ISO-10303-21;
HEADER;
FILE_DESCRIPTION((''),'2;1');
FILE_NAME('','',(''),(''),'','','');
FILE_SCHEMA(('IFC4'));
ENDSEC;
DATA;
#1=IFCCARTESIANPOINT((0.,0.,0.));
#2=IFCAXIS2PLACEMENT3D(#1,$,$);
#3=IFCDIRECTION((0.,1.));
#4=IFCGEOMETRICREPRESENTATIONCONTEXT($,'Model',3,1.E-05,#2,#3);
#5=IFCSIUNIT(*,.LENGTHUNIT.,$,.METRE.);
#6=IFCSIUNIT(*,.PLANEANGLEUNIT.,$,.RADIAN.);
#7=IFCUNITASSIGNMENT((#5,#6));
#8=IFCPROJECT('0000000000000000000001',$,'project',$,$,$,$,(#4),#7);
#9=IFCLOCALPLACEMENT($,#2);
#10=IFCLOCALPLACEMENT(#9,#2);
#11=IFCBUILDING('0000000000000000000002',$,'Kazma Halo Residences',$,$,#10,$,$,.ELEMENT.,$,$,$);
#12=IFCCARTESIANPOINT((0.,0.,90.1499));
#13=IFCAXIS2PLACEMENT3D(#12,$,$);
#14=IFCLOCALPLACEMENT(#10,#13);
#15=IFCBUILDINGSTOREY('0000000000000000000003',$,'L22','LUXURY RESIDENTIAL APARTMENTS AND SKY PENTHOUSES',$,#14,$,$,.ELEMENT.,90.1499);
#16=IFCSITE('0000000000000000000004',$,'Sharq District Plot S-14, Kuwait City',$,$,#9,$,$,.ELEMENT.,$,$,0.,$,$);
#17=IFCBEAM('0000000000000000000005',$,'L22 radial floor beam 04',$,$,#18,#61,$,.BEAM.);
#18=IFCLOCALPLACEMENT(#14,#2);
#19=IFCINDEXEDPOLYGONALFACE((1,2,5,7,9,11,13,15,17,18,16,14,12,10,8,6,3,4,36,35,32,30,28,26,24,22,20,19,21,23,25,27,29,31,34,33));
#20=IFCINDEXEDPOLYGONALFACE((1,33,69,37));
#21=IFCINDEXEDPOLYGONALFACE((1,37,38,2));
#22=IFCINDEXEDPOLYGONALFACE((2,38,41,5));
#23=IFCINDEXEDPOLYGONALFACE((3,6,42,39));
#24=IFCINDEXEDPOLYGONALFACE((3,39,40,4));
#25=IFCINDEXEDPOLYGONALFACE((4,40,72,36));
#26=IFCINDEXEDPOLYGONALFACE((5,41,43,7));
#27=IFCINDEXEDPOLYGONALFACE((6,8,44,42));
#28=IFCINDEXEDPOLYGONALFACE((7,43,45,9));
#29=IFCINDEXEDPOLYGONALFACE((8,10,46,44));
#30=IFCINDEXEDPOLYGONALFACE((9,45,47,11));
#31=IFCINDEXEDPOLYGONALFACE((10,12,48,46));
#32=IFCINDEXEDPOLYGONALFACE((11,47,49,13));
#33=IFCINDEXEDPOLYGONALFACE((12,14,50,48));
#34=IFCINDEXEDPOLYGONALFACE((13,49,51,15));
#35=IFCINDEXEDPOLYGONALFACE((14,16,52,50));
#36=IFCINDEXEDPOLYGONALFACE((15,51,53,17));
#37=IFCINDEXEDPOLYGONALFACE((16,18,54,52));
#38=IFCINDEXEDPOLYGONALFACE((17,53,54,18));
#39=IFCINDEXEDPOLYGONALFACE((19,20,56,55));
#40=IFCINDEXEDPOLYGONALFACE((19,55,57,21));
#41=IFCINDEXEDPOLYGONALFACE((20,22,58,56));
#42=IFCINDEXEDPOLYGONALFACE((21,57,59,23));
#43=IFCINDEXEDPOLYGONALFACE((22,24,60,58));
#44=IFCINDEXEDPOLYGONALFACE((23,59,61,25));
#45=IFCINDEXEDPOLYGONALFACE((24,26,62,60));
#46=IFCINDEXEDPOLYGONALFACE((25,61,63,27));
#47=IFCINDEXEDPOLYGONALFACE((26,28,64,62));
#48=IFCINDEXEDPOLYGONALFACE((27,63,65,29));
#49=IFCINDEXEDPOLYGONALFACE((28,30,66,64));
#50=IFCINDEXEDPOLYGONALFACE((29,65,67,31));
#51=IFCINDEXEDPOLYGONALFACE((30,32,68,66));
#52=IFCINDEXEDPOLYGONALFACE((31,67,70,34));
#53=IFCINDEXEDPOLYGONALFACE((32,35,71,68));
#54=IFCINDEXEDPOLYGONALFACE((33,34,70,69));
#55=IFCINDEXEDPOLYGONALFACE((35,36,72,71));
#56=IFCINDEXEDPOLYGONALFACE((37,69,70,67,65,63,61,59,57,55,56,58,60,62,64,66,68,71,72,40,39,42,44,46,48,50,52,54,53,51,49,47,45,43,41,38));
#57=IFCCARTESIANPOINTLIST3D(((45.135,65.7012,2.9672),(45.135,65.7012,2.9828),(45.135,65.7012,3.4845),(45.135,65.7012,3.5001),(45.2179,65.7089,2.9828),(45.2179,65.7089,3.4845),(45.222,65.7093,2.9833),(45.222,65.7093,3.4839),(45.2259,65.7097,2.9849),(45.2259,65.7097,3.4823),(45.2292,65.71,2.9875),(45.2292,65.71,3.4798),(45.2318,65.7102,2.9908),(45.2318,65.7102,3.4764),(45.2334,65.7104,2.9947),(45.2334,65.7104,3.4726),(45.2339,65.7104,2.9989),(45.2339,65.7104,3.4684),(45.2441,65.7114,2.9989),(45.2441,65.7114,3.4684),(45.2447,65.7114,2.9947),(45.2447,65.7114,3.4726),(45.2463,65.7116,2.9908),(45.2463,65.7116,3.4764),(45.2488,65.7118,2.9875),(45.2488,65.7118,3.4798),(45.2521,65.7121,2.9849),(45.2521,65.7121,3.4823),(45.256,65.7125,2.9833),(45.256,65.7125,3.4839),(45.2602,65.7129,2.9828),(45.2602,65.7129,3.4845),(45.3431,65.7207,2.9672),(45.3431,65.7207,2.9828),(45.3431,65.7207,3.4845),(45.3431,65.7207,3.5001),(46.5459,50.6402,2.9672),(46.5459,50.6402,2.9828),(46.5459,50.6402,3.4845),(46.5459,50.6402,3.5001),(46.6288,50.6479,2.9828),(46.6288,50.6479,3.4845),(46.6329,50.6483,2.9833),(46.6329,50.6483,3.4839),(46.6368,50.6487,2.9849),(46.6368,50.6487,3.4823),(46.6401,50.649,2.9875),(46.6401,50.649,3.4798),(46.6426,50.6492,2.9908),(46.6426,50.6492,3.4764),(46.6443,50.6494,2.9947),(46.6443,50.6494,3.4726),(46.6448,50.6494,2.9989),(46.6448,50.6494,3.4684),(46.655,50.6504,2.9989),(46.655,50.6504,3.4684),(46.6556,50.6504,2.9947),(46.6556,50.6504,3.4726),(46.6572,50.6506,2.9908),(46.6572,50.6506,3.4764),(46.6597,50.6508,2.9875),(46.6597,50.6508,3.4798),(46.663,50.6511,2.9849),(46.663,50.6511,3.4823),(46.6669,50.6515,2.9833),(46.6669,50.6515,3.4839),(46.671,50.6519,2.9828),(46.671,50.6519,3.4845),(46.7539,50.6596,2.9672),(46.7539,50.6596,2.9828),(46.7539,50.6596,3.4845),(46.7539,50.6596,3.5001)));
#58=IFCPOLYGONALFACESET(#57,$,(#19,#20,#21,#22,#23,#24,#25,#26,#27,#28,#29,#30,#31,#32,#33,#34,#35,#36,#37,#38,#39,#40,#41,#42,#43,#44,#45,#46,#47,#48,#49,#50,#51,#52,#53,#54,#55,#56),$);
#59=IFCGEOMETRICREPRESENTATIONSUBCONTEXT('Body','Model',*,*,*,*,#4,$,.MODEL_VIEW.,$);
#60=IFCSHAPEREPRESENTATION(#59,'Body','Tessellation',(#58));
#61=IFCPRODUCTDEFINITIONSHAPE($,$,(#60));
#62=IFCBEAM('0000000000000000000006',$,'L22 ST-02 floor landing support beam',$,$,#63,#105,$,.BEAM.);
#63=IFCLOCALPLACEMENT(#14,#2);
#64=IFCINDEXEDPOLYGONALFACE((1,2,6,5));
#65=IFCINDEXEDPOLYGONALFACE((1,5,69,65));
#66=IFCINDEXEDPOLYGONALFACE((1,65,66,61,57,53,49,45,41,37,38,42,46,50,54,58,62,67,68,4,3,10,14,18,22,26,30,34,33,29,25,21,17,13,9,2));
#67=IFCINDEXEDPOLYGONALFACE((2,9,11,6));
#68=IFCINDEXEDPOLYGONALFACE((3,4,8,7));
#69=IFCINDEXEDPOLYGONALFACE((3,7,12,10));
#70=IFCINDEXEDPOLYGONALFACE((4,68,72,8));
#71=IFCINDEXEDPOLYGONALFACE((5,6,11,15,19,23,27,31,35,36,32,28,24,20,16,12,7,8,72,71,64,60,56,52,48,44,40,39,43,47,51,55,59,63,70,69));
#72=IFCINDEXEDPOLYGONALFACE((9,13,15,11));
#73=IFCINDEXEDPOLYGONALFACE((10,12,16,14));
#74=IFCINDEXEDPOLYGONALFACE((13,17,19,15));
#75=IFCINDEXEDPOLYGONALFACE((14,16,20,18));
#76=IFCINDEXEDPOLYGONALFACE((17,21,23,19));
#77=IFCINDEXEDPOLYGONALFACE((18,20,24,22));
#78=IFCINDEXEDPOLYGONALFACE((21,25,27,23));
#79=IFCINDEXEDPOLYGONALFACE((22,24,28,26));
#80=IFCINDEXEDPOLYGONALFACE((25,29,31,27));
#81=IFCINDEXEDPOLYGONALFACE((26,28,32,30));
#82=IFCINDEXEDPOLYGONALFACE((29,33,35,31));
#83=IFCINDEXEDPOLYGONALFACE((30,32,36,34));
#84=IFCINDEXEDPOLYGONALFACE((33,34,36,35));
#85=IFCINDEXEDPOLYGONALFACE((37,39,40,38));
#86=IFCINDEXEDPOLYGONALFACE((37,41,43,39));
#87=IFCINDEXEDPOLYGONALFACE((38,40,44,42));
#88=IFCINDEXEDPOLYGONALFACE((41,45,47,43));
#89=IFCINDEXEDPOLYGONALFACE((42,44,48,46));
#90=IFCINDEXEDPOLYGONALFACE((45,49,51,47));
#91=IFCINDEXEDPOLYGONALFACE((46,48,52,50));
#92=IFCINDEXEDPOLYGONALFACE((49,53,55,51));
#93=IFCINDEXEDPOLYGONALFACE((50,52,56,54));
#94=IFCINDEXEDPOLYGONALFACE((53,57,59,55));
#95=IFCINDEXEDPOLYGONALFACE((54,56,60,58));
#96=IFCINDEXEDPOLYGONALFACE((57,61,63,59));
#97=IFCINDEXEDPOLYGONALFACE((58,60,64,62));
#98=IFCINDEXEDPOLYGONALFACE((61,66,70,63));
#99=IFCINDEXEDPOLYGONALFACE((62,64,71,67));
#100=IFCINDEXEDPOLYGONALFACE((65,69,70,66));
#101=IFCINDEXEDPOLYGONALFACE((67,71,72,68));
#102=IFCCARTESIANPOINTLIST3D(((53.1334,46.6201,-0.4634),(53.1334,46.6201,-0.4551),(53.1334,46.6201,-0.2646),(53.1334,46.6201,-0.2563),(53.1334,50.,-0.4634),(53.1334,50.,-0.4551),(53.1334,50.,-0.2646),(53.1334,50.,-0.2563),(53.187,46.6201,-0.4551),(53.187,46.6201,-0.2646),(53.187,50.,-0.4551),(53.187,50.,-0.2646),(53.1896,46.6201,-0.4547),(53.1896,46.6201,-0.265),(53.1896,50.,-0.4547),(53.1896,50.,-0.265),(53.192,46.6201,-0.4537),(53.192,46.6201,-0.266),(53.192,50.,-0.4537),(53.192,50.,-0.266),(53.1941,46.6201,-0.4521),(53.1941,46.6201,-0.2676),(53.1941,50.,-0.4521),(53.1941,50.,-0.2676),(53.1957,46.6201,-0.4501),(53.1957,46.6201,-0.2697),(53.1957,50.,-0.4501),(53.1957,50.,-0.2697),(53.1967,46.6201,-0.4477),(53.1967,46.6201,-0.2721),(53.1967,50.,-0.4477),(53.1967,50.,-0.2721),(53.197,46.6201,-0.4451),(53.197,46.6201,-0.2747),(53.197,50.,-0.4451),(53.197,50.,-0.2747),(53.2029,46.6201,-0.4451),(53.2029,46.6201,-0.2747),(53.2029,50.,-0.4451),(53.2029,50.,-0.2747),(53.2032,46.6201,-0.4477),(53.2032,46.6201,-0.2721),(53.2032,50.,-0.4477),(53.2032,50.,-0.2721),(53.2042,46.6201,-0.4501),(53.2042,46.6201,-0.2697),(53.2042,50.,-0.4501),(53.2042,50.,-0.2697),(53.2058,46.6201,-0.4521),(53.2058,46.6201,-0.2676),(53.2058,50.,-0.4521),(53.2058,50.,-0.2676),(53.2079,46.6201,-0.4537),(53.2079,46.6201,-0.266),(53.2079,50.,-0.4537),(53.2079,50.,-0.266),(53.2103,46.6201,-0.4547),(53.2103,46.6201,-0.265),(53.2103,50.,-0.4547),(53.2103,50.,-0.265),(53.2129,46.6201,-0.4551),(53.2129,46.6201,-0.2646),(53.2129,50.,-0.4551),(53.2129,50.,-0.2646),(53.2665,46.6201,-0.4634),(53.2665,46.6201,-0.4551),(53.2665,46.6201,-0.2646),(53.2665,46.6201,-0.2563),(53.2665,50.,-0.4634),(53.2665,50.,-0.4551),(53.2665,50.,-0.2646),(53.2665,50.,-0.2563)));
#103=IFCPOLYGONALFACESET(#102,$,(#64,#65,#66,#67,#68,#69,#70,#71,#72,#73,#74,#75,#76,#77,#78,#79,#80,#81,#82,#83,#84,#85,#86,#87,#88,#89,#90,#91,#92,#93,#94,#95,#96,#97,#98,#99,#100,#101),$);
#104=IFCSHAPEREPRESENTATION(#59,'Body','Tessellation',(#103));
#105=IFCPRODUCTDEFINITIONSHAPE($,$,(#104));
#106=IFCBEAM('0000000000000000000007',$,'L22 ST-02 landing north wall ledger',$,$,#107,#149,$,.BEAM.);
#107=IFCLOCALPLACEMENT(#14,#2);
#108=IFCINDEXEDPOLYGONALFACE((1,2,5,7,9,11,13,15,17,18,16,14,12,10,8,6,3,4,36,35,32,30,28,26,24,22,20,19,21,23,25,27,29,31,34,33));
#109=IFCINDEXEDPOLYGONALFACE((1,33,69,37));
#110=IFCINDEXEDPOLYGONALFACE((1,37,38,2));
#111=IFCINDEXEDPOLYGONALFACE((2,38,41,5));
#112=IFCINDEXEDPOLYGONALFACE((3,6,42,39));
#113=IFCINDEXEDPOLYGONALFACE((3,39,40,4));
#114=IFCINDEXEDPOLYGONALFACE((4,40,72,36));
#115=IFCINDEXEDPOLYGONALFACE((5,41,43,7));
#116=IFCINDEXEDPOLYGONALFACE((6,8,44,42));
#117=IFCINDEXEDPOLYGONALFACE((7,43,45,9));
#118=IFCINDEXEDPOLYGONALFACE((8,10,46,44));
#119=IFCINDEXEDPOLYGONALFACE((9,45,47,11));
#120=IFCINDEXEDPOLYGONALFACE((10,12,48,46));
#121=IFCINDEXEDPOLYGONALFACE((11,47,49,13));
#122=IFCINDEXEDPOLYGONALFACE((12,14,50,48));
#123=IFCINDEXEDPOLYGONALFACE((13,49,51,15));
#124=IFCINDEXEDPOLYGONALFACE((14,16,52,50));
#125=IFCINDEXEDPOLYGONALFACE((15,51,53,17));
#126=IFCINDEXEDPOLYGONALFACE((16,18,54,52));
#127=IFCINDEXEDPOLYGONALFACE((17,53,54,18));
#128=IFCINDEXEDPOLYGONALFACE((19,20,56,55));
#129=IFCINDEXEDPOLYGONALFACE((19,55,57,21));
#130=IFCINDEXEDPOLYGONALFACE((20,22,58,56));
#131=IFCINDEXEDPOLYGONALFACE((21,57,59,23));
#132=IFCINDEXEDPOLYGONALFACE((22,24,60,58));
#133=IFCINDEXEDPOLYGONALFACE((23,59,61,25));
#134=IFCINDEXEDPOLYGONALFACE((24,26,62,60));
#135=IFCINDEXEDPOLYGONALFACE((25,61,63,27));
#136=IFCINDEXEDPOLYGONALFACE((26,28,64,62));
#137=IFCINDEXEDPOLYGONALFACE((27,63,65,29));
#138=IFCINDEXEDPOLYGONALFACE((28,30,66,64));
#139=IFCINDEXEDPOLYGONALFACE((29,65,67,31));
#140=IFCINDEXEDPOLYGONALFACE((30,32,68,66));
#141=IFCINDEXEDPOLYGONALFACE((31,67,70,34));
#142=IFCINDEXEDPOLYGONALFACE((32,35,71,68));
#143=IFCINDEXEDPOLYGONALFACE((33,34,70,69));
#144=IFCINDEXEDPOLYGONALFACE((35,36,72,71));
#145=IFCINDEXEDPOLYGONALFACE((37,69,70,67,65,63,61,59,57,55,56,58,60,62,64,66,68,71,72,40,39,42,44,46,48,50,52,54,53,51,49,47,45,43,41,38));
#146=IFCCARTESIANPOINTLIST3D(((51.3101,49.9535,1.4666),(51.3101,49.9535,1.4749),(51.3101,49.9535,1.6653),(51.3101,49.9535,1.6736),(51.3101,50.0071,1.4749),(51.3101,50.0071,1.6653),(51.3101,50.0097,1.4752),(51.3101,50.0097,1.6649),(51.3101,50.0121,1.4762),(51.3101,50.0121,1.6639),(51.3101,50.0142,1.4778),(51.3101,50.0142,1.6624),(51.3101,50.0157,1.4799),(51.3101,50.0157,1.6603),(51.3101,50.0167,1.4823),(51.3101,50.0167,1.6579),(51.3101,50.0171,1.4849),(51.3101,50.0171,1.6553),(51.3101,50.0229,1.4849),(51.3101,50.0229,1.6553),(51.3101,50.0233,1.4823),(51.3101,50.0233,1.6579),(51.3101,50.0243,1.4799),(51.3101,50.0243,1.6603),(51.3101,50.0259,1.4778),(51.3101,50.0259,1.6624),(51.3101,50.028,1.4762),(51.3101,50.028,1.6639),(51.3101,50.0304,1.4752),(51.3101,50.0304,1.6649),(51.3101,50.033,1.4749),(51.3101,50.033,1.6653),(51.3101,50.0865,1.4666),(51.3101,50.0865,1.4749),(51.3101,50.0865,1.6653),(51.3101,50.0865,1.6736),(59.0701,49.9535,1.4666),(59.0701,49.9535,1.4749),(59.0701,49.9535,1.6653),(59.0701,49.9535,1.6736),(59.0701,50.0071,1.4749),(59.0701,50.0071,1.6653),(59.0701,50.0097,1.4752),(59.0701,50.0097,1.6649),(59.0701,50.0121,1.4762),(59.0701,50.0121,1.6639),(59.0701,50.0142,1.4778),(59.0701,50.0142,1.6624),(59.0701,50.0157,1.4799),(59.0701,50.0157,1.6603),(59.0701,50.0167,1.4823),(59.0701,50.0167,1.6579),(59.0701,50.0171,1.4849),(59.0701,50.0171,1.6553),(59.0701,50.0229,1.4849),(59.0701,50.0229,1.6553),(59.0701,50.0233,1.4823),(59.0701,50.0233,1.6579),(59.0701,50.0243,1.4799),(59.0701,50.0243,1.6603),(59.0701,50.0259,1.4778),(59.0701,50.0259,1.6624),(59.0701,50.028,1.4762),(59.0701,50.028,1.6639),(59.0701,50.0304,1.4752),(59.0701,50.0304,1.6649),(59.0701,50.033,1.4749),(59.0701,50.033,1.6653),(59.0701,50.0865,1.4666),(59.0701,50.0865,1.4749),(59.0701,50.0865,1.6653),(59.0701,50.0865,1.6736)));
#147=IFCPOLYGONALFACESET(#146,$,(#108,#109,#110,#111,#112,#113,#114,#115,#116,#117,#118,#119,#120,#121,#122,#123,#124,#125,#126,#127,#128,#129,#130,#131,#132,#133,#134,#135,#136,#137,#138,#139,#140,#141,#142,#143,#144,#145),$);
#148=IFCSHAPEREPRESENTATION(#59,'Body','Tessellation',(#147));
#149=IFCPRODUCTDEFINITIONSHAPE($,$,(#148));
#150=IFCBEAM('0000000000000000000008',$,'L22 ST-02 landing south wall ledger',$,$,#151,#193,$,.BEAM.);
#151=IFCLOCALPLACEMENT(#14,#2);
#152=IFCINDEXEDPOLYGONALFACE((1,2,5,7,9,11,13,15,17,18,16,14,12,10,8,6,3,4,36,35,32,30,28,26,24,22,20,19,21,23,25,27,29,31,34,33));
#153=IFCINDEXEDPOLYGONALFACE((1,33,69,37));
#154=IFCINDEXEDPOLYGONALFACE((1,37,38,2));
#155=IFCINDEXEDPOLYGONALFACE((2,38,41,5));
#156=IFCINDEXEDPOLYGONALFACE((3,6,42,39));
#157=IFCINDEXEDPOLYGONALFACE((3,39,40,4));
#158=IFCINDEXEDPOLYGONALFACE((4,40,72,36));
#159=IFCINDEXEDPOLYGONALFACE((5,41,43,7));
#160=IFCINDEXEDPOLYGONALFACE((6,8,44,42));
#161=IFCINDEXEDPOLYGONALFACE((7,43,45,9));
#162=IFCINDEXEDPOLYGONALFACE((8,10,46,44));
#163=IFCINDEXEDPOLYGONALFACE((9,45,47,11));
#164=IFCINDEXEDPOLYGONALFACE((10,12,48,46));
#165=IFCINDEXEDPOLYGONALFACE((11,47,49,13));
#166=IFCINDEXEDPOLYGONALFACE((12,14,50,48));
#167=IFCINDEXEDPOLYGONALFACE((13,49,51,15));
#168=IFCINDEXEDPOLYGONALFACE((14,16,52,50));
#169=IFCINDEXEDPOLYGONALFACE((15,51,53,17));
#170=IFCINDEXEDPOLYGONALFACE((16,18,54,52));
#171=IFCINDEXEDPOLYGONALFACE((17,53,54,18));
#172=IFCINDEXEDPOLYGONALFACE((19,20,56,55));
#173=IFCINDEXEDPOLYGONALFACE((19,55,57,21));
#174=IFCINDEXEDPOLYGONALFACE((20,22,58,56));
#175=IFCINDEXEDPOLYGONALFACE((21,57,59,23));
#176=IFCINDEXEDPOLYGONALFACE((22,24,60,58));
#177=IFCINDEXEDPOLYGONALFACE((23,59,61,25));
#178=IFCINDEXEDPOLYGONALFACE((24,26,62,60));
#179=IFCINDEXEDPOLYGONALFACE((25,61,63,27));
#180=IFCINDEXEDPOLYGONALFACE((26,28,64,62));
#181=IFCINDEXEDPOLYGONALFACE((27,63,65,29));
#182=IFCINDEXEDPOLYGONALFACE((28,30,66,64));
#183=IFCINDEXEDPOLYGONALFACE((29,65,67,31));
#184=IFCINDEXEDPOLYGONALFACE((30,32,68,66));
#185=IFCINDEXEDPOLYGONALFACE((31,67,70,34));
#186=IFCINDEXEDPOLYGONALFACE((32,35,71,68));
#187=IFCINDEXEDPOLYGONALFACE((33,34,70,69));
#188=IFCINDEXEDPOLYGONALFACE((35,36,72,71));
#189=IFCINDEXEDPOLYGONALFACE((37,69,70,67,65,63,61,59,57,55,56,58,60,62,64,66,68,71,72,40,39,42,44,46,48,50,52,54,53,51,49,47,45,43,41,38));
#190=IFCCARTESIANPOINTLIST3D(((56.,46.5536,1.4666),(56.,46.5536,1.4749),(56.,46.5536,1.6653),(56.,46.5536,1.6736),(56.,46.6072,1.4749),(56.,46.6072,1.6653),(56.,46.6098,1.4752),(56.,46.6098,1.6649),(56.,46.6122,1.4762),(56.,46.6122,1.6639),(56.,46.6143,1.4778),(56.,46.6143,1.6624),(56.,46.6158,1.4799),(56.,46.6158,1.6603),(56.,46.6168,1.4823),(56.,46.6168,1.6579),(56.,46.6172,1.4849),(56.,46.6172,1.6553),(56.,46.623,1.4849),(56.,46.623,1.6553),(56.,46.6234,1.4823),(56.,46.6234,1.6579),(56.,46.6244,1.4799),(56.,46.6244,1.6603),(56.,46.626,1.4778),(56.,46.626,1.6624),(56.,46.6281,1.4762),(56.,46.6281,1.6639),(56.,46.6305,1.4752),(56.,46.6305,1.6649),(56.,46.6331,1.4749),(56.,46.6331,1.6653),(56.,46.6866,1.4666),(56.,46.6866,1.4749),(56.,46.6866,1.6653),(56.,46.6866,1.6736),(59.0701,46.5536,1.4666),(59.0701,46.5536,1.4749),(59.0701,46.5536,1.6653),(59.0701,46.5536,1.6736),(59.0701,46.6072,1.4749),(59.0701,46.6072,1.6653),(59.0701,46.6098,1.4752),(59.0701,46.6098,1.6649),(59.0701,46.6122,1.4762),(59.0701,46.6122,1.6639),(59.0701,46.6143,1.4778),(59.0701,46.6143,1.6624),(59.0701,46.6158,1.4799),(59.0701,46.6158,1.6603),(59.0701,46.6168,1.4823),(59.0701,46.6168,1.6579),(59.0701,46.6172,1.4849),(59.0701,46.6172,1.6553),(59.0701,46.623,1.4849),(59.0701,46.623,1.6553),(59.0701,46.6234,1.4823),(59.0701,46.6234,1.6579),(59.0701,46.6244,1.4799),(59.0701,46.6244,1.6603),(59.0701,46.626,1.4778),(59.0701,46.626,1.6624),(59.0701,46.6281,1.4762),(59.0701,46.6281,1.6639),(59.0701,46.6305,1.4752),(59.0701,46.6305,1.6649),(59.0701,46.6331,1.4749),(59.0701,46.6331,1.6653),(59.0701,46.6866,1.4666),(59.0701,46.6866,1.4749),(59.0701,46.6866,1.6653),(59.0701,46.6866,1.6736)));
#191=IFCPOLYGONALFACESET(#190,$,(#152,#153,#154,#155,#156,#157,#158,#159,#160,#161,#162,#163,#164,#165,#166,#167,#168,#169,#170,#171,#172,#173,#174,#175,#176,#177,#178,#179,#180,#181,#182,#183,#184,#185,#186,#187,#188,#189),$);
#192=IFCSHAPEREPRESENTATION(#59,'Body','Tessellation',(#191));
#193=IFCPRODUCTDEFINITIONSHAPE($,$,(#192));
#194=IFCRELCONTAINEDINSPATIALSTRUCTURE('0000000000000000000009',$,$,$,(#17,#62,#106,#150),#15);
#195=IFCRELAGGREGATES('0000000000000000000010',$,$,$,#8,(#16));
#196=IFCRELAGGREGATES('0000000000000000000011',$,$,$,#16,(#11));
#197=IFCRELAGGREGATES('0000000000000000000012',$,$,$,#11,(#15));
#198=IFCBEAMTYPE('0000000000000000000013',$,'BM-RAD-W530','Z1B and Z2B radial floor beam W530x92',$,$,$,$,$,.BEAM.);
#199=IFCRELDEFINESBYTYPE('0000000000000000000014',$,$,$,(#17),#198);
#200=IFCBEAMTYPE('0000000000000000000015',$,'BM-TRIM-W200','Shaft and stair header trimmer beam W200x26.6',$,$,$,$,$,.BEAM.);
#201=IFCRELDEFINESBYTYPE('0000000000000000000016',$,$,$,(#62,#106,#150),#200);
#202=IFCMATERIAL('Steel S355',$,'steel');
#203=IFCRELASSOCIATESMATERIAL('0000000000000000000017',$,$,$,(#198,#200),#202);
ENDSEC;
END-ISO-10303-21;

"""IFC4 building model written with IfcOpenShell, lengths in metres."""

from ifc_helpers import new_model, si_unit, direction, frame, origin, origin_2d, place, context, subcontext, project, spatial, i_section, extrude, material, material_profile, profile_set, type_object, element, save


model = new_model("IFC4")

# Units and contexts
model_context = context("Model", 3, precision=1e-05, world=origin(), true_north=direction((0.0, 1.0)))
body_context = subcontext(model_context, "Body", "Model", "MODEL_VIEW")
ifc_project = project(units=[si_unit("LENGTHUNIT", "METRE"), si_unit("PLANEANGLEUNIT", "RADIAN")], contexts=[model_context])

# Site, building, storey
site_placement = place(None, origin())
site = spatial("IfcSite", under=ifc_project, at=site_placement, Name="Sharq District Plot S-14, Kuwait City", CompositionType="ELEMENT", RefElevation=0.0)
building_placement = place(site_placement, origin())
building = spatial("IfcBuilding", under=site, at=building_placement, Name="Kazma Halo Residences", CompositionType="ELEMENT")
storey_placement = place(building_placement, frame((0.0, 0.0, 90.1499)))
storey = spatial("IfcBuildingStorey", under=building, at=storey_placement, Name="L22", Description="LUXURY RESIDENTIAL APARTMENTS AND SKY PENTHOUSES", CompositionType="ELEMENT", Elevation=90.1499)

# Shared definitions
ifc_material_1 = material(Name="Steel S355", Category="steel")

# Beams
ifc_material_profile_1 = material_profile(ifc_material_1, i_section(OverallWidth=0.209, OverallDepth=0.533, WebThickness=0.0103, FlangeThickness=0.0156, FilletRadius=0.0161, at=origin_2d()), Name="W530x92")
ifc_profile_set_1 = profile_set([ifc_material_profile_1], Name="Steel S355")
beam_type_1 = type_object("IfcBeamType", Name="BM-RAD-W530", Description="Z1B and Z2B radial floor beam W530x92", PredefinedType="BEAM", material=ifc_profile_set_1)
beam_1_placement = place(storey_placement, frame((46.6499, 50.6499, 3.2336), z_axis=(-0.09327, 0.995641, 0.0), x_axis=(-0.995641, -0.09327, 0.0)))
element("IfcBeam", 1, at=beam_1_placement, inside=storey, type_object=beam_type_1, Name="L22 radial floor beam 04", PredefinedType="BEAM", context=body_context, shape_type="SweptSolid", body=[
    extrude(i_section(OverallWidth=0.209, OverallDepth=0.533, WebThickness=0.0103, FlangeThickness=0.0156, FilletRadius=0.0161, at=origin_2d()), origin(), (0.0, 0.0, 1.0), 15.127),
])
ifc_material_profile_2 = material_profile(ifc_material_1, i_section(OverallWidth=0.1331, OverallDepth=0.207, WebThickness=0.0059, FlangeThickness=0.0083, FilletRadius=0.01, at=origin_2d()), Name="W200x26.6")
ifc_profile_set_2 = profile_set([ifc_material_profile_2], Name="Steel S355")
beam_type_2 = type_object("IfcBeamType", Name="BM-TRIM-W200", Description="Shaft and stair header trimmer beam W200x26.6", PredefinedType="BEAM", material=ifc_profile_set_2)
beam_2_placement = place(storey_placement, frame((53.2, 46.6201, -0.3599), z_axis=(0.0, 1.0, 0.0), x_axis=(-1.0, 0.0, 0.0)))
element("IfcBeam", 2, at=beam_2_placement, inside=storey, type_object=beam_type_2, Name="L22 ST-02 floor landing support beam", PredefinedType="BEAM", context=body_context, shape_type="SweptSolid", body=[
    extrude(i_section(OverallWidth=0.1331, OverallDepth=0.207, WebThickness=0.0059, FlangeThickness=0.0083, FilletRadius=0.01, at=origin_2d()), origin(), (0.0, 0.0, 1.0), 3.3799),
])
beam_3_placement = place(storey_placement, frame((51.3101, 50.02, 1.5701), z_axis=(1.0, 0.0, 0.0), x_axis=(0.0, 1.0, 0.0)))
element("IfcBeam", 3, at=beam_3_placement, inside=storey, type_object=beam_type_2, Name="L22 ST-02 landing north wall ledger", PredefinedType="BEAM", context=body_context, shape_type="SweptSolid", body=[
    extrude(i_section(OverallWidth=0.1331, OverallDepth=0.207, WebThickness=0.0059, FlangeThickness=0.0083, FilletRadius=0.01, at=origin_2d()), origin(), (0.0, 0.0, 1.0), 7.76),
])
beam_4_placement = place(storey_placement, frame((56.0, 46.6201, 1.5701), z_axis=(1.0, 0.0, 0.0), x_axis=(0.0, 1.0, 0.0)))
element("IfcBeam", 4, at=beam_4_placement, inside=storey, type_object=beam_type_2, Name="L22 ST-02 landing south wall ledger", PredefinedType="BEAM", context=body_context, shape_type="SweptSolid", body=[
    extrude(i_section(OverallWidth=0.1331, OverallDepth=0.207, WebThickness=0.0059, FlangeThickness=0.0083, FilletRadius=0.01, at=origin_2d()), origin(), (0.0, 0.0, 1.0), 3.0701),
])

save(model, "model.ifc")
